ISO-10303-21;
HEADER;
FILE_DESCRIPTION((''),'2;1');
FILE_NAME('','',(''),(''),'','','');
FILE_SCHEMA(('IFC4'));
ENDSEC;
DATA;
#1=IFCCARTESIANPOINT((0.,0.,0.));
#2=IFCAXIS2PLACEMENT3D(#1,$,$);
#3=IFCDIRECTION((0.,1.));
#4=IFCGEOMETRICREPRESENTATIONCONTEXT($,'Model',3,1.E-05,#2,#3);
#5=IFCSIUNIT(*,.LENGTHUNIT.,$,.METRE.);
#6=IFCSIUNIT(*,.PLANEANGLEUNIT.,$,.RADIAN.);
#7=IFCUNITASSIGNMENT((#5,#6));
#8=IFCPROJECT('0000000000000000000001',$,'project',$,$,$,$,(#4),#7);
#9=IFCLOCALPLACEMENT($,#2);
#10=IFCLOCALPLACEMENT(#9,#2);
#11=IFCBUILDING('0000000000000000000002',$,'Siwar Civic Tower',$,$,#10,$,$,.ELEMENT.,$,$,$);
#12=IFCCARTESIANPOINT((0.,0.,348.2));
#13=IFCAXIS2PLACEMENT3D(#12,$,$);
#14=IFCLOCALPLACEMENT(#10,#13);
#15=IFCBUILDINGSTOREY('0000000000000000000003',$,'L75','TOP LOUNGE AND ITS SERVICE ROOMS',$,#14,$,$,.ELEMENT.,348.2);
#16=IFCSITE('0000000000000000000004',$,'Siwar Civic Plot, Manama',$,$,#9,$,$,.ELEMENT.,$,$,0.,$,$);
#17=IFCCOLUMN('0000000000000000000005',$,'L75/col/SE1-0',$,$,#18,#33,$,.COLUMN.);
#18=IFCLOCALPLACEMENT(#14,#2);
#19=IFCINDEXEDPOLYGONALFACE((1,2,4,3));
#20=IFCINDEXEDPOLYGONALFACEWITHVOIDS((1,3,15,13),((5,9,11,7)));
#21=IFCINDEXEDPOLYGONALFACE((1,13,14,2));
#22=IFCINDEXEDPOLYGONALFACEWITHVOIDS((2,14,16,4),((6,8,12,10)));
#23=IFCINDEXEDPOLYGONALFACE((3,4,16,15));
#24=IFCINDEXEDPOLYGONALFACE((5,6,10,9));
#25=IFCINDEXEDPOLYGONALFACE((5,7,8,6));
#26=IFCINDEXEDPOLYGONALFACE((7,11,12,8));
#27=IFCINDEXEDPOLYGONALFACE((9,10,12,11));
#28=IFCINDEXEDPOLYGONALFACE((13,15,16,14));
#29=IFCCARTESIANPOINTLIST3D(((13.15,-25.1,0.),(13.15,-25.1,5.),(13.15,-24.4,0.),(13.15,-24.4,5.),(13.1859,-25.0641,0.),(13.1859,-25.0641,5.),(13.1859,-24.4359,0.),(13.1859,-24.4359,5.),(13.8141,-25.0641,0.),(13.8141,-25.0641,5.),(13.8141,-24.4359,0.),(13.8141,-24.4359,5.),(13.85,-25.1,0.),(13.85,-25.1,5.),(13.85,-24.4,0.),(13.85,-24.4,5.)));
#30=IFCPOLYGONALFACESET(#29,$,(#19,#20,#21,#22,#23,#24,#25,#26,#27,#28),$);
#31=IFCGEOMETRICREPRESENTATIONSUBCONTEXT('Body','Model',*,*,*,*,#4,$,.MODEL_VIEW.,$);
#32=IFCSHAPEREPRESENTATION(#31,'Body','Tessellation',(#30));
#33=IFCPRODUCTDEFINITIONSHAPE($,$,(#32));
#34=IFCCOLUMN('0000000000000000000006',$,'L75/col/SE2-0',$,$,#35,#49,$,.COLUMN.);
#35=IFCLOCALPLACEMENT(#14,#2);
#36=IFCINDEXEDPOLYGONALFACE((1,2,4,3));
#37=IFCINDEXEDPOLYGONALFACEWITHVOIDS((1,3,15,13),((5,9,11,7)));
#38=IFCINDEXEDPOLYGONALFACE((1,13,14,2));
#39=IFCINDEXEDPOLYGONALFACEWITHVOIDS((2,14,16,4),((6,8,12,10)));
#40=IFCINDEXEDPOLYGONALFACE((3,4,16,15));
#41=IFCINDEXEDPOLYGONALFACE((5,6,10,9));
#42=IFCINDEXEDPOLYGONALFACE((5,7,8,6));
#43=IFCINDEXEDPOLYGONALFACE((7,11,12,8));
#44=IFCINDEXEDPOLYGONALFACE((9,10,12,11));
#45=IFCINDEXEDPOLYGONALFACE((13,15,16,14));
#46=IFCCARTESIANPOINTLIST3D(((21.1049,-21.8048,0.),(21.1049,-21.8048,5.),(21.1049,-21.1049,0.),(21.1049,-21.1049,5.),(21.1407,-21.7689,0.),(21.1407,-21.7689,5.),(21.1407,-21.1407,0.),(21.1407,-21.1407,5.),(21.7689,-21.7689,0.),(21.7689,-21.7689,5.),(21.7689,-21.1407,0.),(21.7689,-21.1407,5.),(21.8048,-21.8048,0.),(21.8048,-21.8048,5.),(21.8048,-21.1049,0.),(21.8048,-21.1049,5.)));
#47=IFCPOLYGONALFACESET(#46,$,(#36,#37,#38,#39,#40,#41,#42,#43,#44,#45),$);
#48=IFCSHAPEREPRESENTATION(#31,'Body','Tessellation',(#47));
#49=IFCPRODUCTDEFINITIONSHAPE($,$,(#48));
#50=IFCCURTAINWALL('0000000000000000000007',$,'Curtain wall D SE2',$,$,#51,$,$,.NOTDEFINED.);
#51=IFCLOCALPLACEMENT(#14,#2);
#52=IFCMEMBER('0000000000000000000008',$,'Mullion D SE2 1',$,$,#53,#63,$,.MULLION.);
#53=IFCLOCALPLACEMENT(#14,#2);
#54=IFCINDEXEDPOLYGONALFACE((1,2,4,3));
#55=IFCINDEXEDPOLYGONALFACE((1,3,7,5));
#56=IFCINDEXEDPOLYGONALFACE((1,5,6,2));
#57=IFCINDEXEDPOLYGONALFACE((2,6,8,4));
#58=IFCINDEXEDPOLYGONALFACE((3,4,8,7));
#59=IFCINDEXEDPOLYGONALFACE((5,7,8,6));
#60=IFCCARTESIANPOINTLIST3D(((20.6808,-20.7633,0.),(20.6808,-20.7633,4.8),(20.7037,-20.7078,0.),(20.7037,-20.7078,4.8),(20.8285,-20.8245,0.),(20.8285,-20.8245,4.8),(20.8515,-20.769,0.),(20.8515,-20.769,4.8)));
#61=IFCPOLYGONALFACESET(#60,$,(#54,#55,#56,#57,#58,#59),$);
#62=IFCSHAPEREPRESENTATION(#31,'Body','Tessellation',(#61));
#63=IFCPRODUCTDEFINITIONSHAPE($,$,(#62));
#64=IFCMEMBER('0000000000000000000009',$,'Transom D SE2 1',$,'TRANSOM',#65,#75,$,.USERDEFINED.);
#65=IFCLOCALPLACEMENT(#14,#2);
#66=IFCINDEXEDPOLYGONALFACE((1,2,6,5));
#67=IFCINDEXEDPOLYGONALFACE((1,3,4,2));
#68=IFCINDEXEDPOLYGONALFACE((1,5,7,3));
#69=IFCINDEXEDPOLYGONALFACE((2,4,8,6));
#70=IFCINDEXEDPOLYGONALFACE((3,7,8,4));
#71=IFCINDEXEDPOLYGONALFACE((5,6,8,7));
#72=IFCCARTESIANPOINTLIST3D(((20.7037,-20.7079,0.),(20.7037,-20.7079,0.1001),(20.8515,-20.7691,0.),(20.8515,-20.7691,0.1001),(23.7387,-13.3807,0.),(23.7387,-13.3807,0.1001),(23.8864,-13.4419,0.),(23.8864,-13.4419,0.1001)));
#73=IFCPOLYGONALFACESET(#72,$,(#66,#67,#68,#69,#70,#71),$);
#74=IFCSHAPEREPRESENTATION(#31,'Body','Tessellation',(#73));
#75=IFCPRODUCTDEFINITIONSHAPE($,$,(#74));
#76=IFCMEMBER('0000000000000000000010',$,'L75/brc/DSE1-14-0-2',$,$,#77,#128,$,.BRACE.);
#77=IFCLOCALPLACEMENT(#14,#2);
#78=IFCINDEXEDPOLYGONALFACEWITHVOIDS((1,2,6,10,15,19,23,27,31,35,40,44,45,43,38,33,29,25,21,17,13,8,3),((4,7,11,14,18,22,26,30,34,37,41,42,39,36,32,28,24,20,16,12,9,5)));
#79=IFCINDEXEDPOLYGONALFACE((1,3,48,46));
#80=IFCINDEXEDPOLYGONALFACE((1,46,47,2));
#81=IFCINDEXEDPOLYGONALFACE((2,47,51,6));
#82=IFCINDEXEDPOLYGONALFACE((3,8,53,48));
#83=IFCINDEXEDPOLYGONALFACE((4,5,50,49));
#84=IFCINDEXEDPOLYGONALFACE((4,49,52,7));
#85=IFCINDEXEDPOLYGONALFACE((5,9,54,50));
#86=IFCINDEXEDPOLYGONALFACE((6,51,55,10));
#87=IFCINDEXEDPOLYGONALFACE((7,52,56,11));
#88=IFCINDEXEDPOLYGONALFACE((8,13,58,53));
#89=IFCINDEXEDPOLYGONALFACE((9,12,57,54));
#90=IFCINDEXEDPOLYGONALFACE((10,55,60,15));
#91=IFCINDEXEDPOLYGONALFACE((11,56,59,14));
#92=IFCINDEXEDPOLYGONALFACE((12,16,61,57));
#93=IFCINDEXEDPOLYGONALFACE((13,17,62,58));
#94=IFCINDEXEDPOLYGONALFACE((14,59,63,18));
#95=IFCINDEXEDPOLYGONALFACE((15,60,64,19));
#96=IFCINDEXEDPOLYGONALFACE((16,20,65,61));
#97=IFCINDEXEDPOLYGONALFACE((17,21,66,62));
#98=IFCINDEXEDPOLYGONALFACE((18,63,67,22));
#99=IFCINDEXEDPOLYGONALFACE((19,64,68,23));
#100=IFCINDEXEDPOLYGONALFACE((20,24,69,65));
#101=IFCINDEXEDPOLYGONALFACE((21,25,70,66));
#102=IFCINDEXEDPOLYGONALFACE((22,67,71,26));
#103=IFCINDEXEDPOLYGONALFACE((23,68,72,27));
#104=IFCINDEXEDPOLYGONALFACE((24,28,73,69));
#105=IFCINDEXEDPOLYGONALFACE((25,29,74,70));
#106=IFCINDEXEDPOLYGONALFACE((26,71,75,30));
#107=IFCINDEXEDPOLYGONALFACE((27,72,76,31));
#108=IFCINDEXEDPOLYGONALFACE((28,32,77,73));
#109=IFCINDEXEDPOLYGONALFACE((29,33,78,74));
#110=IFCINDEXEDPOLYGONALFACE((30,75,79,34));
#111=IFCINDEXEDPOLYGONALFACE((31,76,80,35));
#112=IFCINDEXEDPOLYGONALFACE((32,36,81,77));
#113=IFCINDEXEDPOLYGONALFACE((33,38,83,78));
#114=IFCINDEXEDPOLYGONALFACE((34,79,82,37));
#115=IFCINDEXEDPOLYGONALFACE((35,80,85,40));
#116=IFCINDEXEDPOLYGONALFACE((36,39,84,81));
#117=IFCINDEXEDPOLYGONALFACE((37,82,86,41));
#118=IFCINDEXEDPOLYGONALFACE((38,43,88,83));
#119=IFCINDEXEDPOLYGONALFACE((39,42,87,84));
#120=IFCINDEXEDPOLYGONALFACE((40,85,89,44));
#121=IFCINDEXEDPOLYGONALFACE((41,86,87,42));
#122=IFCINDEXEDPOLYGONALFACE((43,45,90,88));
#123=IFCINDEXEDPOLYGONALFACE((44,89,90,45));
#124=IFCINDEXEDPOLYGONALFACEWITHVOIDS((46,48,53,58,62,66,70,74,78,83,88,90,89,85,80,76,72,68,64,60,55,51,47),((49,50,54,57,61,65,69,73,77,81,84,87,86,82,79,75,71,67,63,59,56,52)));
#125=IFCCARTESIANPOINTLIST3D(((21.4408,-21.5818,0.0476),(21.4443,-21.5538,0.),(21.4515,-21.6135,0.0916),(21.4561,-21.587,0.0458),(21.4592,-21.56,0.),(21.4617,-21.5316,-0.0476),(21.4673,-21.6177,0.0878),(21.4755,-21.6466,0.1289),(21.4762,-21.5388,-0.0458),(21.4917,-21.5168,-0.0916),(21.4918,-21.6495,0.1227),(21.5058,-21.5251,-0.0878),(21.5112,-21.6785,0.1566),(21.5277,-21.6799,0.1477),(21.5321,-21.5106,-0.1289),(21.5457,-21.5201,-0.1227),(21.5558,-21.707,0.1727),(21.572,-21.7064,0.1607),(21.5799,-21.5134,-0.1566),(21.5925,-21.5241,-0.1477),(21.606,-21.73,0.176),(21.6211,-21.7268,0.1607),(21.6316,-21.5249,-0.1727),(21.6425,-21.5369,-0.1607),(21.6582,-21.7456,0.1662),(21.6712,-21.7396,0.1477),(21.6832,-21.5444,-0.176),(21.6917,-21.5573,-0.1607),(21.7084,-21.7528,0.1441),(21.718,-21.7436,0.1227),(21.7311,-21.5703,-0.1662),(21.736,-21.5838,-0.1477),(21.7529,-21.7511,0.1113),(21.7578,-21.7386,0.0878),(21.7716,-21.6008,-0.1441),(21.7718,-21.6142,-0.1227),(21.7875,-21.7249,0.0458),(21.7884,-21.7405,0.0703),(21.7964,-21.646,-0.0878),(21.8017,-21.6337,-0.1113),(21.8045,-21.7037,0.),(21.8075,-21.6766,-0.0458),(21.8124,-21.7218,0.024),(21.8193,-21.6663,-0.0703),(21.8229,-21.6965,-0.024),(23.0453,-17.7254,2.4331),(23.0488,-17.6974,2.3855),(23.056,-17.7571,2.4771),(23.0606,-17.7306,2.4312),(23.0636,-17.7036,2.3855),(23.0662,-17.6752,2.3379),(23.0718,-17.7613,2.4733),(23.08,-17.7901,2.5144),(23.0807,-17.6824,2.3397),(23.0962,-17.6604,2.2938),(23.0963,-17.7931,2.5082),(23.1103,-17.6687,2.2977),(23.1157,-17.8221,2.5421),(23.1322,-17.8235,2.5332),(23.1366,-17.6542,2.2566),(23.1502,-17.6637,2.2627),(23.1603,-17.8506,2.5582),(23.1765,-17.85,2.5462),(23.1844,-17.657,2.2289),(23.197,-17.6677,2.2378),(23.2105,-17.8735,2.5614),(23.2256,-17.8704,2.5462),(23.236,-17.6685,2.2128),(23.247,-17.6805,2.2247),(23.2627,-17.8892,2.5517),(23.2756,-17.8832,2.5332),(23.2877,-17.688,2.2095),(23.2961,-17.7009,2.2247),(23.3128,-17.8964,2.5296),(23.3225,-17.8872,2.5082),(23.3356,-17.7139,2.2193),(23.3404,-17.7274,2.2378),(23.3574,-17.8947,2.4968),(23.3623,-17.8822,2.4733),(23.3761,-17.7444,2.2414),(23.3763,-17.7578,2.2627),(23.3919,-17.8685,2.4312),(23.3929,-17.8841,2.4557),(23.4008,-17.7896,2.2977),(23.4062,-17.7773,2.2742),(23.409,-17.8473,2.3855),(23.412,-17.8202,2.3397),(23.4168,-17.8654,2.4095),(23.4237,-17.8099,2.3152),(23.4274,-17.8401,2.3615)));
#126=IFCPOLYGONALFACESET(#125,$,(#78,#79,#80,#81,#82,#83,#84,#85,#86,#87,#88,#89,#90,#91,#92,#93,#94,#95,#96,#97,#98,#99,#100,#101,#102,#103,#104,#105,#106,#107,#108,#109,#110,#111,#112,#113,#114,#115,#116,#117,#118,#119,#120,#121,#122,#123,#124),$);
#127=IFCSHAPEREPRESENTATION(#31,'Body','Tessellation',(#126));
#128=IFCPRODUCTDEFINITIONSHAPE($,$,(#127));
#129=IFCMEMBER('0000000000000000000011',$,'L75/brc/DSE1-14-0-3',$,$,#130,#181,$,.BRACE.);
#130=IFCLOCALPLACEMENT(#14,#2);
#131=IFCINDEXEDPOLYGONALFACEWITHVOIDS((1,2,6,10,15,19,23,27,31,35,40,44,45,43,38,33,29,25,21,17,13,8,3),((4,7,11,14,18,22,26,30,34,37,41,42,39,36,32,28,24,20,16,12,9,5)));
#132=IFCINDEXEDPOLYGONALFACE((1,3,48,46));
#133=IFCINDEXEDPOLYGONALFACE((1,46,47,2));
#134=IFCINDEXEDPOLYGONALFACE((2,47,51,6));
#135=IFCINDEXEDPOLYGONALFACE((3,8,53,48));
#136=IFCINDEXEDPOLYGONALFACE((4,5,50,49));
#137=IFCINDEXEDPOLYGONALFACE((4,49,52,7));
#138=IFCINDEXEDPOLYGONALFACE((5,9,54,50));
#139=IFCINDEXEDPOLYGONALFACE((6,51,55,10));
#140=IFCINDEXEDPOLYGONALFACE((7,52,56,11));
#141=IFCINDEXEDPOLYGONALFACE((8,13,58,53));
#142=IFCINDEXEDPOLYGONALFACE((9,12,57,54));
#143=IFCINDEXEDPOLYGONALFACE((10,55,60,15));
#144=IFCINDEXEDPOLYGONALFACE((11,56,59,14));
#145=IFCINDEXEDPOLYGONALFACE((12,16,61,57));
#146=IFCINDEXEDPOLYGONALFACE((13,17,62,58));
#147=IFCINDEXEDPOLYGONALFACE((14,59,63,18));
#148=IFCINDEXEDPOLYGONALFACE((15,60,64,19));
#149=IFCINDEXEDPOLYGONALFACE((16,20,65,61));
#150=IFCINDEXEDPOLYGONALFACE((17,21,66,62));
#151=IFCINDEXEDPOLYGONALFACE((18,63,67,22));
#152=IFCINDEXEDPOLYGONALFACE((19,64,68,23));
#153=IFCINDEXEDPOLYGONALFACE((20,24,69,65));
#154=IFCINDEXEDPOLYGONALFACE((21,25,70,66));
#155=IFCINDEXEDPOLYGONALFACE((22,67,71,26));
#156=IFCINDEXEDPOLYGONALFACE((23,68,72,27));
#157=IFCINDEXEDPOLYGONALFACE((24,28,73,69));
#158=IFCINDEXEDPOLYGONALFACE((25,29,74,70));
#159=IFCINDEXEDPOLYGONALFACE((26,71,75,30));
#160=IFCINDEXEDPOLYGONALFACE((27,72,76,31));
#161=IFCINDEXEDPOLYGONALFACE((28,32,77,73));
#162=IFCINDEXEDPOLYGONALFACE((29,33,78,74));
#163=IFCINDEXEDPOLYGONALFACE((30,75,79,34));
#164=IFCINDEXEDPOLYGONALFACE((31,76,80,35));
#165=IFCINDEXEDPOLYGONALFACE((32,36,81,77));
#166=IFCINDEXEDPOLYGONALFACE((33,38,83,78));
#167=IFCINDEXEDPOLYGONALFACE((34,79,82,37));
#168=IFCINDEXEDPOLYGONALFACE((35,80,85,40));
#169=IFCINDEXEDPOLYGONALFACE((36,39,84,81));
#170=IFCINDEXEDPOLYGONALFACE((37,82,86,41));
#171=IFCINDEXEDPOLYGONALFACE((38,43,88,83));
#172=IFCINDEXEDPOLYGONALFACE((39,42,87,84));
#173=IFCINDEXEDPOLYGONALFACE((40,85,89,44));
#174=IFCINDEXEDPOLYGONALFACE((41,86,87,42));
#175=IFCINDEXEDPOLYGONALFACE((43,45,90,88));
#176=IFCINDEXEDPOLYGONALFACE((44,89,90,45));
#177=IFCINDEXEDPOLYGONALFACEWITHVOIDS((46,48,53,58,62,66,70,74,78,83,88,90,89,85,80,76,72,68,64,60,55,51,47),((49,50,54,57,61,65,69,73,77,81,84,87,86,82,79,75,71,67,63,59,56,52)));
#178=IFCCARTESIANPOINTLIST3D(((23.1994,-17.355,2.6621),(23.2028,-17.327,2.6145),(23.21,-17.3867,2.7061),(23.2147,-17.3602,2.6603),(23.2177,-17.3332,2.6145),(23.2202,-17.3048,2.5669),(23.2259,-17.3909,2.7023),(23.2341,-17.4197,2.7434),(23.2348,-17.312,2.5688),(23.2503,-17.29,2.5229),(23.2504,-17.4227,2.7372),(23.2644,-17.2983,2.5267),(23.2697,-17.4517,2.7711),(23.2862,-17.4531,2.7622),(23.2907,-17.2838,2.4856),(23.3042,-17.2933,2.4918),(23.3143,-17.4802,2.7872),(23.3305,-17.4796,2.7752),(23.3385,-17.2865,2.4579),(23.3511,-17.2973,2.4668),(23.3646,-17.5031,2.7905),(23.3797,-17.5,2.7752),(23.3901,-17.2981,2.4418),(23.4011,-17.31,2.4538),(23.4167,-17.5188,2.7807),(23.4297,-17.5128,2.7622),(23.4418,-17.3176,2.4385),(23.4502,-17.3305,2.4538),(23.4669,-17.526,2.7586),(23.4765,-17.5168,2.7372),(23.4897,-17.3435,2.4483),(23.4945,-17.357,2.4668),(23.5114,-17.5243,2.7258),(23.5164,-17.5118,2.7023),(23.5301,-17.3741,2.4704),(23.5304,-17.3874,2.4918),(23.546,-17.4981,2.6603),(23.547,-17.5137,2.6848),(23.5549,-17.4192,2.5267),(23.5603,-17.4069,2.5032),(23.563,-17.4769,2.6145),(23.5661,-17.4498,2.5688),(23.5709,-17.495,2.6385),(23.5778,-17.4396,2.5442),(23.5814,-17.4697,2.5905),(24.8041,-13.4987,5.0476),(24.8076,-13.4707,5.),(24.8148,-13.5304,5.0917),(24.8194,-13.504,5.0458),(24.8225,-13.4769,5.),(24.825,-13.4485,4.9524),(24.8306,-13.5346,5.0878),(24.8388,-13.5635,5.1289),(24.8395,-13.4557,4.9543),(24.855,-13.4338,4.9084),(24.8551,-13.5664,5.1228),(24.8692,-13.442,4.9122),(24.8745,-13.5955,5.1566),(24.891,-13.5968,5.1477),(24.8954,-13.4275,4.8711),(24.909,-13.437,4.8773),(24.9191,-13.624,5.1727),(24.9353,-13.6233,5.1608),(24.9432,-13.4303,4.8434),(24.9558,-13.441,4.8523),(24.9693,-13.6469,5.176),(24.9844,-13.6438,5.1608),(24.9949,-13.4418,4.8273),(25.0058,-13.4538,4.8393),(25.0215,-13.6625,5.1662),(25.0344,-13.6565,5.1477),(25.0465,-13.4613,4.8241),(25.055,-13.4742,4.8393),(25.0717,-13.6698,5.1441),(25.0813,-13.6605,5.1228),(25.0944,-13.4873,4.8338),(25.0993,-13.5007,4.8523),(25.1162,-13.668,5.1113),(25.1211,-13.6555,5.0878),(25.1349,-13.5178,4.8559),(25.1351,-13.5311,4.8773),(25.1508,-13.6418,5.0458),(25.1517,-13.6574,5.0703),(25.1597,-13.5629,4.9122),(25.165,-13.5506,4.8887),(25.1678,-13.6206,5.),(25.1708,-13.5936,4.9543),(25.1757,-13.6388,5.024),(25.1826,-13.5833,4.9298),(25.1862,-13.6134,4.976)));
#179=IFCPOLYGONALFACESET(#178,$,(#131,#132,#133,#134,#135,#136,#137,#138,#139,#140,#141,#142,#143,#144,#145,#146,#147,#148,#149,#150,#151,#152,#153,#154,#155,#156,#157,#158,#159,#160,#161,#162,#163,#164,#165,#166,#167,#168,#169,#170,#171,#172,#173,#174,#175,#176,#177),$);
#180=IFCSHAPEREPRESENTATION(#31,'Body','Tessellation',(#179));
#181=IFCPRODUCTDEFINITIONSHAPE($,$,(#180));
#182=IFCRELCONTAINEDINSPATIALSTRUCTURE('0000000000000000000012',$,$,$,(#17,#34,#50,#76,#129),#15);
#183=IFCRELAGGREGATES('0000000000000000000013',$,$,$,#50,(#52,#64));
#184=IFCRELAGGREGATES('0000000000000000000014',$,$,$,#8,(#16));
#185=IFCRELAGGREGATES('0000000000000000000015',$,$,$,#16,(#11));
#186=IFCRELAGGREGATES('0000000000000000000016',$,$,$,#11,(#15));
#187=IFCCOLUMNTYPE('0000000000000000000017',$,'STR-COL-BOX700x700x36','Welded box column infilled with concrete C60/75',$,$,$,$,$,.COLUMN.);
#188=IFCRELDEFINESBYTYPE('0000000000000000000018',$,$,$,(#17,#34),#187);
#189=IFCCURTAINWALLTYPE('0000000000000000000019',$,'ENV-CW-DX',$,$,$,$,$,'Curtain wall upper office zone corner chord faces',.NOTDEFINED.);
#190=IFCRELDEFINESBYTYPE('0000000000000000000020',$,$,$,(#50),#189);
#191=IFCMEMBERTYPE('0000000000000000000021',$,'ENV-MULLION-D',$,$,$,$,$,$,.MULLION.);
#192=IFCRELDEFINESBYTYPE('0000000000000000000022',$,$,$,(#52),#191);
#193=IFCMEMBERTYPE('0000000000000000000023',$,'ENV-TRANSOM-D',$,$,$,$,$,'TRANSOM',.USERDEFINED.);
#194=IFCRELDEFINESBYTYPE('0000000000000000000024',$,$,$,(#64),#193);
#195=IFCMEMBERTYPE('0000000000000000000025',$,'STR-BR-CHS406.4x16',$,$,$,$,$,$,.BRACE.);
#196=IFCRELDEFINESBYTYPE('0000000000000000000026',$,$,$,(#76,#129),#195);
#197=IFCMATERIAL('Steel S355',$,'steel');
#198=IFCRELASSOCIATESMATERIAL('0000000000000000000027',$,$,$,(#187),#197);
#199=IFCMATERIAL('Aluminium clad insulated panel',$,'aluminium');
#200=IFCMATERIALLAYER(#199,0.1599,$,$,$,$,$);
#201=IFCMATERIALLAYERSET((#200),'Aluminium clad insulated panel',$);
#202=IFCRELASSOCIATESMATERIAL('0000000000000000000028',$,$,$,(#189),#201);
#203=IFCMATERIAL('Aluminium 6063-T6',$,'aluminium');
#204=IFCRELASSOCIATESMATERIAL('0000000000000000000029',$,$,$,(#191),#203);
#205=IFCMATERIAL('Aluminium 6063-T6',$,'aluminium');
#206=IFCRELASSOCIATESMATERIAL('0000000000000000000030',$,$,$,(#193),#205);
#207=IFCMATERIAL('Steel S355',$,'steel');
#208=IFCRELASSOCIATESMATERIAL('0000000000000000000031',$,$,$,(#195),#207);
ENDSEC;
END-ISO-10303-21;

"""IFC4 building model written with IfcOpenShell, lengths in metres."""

from ifc_helpers import new_model, si_unit, direction, frame, origin, origin_2d, place, context, subcontext, project, spatial, rectangle, hollow_rectangle, hollow_circle, extrude, material, layer, layer_set, material_profile, profile_set, type_object, element, aggregate, save


model = new_model("IFC4")

# Units and contexts
model_context = context("Model", 3, precision=1e-05, world=origin(), true_north=direction((0.0, 1.0)))
body_context = subcontext(model_context, "Body", "Model", "MODEL_VIEW")
ifc_project = project(units=[si_unit("LENGTHUNIT", "METRE"), si_unit("PLANEANGLEUNIT", "RADIAN")], contexts=[model_context])

# Site, building, storey
site_placement = place(None, origin())
site = spatial("IfcSite", under=ifc_project, at=site_placement, Name="Siwar Civic Plot, Manama", CompositionType="ELEMENT", RefElevation=0.0)
building_placement = place(site_placement, origin())
building = spatial("IfcBuilding", under=site, at=building_placement, Name="Siwar Civic Tower", CompositionType="ELEMENT")
storey_placement = place(building_placement, frame((0.0, 0.0, 348.2)))
storey = spatial("IfcBuildingStorey", under=building, at=storey_placement, Name="L75", Description="TOP LOUNGE AND ITS SERVICE ROOMS", CompositionType="ELEMENT", Elevation=348.2)

# Columns
ifc_material_1 = material(Name="Steel S355", Category="steel")
ifc_material_profile_1 = material_profile(ifc_material_1, hollow_rectangle(XDim=0.7, YDim=0.7, WallThickness=0.0359, at=origin_2d()), Name="BOX700x700x36")
ifc_profile_set_1 = profile_set([ifc_material_profile_1], Name="Steel S355")
column_type = type_object("IfcColumnType", Name="STR-COL-BOX700x700x36", Description="Welded box column infilled with concrete C60/75", PredefinedType="COLUMN", material=ifc_profile_set_1)
for number, where, z_axis, x_axis, name in (
    (1, (13.5, -24.75, 0.0), (0.0, 0.0, 1.0), (1.0, 0.0, 0.0), "L75/col/SE1-0"),
    (2, (21.4548, -21.4548, 0.0), (0.0, 0.0, 1.0), (1.0, 0.0, 0.0), "L75/col/SE2-0"),
):
    element("IfcColumn", number, at=place(storey_placement, frame(where, z_axis=z_axis, x_axis=x_axis)), inside=storey, type_object=column_type, Name=name, PredefinedType="COLUMN", context=body_context, shape_type="SweptSolid", body=[
        extrude(hollow_rectangle(XDim=0.7, YDim=0.7, WallThickness=0.0359, at=origin_2d()), origin(), (0.0, 0.0, 1.0), 5.0),
    ])

# Curtain wall, members
ifc_material_2 = material(Name="Aluminium clad insulated panel", Category="aluminium")
ifc_layer_1 = layer(ifc_material_2, 0.1599)
ifc_layer_set_1 = layer_set([ifc_layer_1], Name="Aluminium clad insulated panel")
curtain_wall_type = type_object("IfcCurtainWallType", Name="ENV-CW-DX", ElementType="Curtain wall upper office zone corner chord faces", PredefinedType="NOTDEFINED", material=ifc_layer_set_1)
curtain_wall_1_placement = place(storey_placement, origin())
curtain_wall_1 = element("IfcCurtainWall", 3, at=curtain_wall_1_placement, inside=storey, type_object=curtain_wall_type, Name="Curtain wall D SE2", PredefinedType="NOTDEFINED")
ifc_material_3 = material(Name="Aluminium 6063-T6", Category="aluminium")
ifc_material_profile_2 = material_profile(ifc_material_3, rectangle(XDim=0.1599, YDim=0.0601, at=origin_2d()), Name="AL 160x60")
ifc_profile_set_2 = profile_set([ifc_material_profile_2], Name="Aluminium 6063-T6")
member_type_1 = type_object("IfcMemberType", Name="ENV-MULLION-D", PredefinedType="MULLION", material=ifc_profile_set_2)
member_1_placement = place(storey_placement, frame((20.7661, -20.7661, 0.0), z_axis=(0.0, 0.0, 1.0), x_axis=(-0.92388, 0.382683, 0.0)))
member_1 = element("IfcMember", 4, at=member_1_placement, type_object=member_type_1, Name="Mullion D SE2 1", PredefinedType="MULLION", context=body_context, shape_type="SweptSolid", body=[
    extrude(rectangle(XDim=0.1599, YDim=0.0601, at=origin_2d()), origin(), (0.0, 0.0, 1.0), 4.8),
])
ifc_material_4 = material(Name="Aluminium 6063-T6", Category="aluminium")
ifc_material_profile_3 = material_profile(ifc_material_4, rectangle(XDim=0.1599, YDim=0.1001, at=origin_2d()), Name="AL 160x100")
ifc_profile_set_3 = profile_set([ifc_material_profile_3], Name="Aluminium 6063-T6")
member_type_2 = type_object("IfcMemberType", Name="ENV-TRANSOM-D", ElementType="TRANSOM", PredefinedType="USERDEFINED", material=ifc_profile_set_3)
member_2_placement = place(storey_placement, frame((20.7776, -20.7385, 0.05), z_axis=(0.382674, 0.923884, 0.0), x_axis=(-0.923884, 0.382674, 0.0)))
member_2 = element("IfcMember", 5, at=member_2_placement, type_object=member_type_2, Name="Transom D SE2 1", ObjectType="TRANSOM", PredefinedType="USERDEFINED", context=body_context, shape_type="SweptSolid", body=[
    extrude(rectangle(XDim=0.1599, YDim=0.1001, at=origin_2d()), origin(), (0.0, 0.0, 1.0), 7.9309),
])

# Members
ifc_material_5 = material(Name="Steel S355", Category="steel")
ifc_material_profile_4 = material_profile(ifc_material_5, hollow_circle(Radius=0.2031, WallThickness=0.0161, at=origin_2d()), Name="CHS406.4x16")
ifc_profile_set_4 = profile_set([ifc_material_profile_4], Name="Steel S355")
member_type_3 = type_object("IfcMemberType", Name="STR-BR-CHS406.4x16", PredefinedType="BRACE", material=ifc_profile_set_4)
for number, where, z_axis, x_axis, name in (
    (6, (21.6318, -21.6318, 0.0), (0.333567, 0.801737, 0.495934), (-0.923277, 0.384134, 0.0), "L75/brc/DSE1-14-0-2"),
    (7, (23.3904, -17.405, 2.6145), (0.333625, 0.801706, 0.495946), (-0.923248, 0.384204, 0.0), "L75/brc/DSE1-14-0-3"),
):
    element("IfcMember", number, at=place(storey_placement, frame(where, z_axis=z_axis, x_axis=x_axis)), inside=storey, type_object=member_type_3, Name=name, PredefinedType="BRACE", context=body_context, shape_type="SweptSolid", body=[
        extrude(hollow_circle(Radius=0.2031, WallThickness=0.0161, at=origin_2d()), origin(), (0.0, 0.0, 1.0), 4.8101),
    ])

aggregate(curtain_wall_1, [member_1, member_2])

save(model, "model.ifc")
